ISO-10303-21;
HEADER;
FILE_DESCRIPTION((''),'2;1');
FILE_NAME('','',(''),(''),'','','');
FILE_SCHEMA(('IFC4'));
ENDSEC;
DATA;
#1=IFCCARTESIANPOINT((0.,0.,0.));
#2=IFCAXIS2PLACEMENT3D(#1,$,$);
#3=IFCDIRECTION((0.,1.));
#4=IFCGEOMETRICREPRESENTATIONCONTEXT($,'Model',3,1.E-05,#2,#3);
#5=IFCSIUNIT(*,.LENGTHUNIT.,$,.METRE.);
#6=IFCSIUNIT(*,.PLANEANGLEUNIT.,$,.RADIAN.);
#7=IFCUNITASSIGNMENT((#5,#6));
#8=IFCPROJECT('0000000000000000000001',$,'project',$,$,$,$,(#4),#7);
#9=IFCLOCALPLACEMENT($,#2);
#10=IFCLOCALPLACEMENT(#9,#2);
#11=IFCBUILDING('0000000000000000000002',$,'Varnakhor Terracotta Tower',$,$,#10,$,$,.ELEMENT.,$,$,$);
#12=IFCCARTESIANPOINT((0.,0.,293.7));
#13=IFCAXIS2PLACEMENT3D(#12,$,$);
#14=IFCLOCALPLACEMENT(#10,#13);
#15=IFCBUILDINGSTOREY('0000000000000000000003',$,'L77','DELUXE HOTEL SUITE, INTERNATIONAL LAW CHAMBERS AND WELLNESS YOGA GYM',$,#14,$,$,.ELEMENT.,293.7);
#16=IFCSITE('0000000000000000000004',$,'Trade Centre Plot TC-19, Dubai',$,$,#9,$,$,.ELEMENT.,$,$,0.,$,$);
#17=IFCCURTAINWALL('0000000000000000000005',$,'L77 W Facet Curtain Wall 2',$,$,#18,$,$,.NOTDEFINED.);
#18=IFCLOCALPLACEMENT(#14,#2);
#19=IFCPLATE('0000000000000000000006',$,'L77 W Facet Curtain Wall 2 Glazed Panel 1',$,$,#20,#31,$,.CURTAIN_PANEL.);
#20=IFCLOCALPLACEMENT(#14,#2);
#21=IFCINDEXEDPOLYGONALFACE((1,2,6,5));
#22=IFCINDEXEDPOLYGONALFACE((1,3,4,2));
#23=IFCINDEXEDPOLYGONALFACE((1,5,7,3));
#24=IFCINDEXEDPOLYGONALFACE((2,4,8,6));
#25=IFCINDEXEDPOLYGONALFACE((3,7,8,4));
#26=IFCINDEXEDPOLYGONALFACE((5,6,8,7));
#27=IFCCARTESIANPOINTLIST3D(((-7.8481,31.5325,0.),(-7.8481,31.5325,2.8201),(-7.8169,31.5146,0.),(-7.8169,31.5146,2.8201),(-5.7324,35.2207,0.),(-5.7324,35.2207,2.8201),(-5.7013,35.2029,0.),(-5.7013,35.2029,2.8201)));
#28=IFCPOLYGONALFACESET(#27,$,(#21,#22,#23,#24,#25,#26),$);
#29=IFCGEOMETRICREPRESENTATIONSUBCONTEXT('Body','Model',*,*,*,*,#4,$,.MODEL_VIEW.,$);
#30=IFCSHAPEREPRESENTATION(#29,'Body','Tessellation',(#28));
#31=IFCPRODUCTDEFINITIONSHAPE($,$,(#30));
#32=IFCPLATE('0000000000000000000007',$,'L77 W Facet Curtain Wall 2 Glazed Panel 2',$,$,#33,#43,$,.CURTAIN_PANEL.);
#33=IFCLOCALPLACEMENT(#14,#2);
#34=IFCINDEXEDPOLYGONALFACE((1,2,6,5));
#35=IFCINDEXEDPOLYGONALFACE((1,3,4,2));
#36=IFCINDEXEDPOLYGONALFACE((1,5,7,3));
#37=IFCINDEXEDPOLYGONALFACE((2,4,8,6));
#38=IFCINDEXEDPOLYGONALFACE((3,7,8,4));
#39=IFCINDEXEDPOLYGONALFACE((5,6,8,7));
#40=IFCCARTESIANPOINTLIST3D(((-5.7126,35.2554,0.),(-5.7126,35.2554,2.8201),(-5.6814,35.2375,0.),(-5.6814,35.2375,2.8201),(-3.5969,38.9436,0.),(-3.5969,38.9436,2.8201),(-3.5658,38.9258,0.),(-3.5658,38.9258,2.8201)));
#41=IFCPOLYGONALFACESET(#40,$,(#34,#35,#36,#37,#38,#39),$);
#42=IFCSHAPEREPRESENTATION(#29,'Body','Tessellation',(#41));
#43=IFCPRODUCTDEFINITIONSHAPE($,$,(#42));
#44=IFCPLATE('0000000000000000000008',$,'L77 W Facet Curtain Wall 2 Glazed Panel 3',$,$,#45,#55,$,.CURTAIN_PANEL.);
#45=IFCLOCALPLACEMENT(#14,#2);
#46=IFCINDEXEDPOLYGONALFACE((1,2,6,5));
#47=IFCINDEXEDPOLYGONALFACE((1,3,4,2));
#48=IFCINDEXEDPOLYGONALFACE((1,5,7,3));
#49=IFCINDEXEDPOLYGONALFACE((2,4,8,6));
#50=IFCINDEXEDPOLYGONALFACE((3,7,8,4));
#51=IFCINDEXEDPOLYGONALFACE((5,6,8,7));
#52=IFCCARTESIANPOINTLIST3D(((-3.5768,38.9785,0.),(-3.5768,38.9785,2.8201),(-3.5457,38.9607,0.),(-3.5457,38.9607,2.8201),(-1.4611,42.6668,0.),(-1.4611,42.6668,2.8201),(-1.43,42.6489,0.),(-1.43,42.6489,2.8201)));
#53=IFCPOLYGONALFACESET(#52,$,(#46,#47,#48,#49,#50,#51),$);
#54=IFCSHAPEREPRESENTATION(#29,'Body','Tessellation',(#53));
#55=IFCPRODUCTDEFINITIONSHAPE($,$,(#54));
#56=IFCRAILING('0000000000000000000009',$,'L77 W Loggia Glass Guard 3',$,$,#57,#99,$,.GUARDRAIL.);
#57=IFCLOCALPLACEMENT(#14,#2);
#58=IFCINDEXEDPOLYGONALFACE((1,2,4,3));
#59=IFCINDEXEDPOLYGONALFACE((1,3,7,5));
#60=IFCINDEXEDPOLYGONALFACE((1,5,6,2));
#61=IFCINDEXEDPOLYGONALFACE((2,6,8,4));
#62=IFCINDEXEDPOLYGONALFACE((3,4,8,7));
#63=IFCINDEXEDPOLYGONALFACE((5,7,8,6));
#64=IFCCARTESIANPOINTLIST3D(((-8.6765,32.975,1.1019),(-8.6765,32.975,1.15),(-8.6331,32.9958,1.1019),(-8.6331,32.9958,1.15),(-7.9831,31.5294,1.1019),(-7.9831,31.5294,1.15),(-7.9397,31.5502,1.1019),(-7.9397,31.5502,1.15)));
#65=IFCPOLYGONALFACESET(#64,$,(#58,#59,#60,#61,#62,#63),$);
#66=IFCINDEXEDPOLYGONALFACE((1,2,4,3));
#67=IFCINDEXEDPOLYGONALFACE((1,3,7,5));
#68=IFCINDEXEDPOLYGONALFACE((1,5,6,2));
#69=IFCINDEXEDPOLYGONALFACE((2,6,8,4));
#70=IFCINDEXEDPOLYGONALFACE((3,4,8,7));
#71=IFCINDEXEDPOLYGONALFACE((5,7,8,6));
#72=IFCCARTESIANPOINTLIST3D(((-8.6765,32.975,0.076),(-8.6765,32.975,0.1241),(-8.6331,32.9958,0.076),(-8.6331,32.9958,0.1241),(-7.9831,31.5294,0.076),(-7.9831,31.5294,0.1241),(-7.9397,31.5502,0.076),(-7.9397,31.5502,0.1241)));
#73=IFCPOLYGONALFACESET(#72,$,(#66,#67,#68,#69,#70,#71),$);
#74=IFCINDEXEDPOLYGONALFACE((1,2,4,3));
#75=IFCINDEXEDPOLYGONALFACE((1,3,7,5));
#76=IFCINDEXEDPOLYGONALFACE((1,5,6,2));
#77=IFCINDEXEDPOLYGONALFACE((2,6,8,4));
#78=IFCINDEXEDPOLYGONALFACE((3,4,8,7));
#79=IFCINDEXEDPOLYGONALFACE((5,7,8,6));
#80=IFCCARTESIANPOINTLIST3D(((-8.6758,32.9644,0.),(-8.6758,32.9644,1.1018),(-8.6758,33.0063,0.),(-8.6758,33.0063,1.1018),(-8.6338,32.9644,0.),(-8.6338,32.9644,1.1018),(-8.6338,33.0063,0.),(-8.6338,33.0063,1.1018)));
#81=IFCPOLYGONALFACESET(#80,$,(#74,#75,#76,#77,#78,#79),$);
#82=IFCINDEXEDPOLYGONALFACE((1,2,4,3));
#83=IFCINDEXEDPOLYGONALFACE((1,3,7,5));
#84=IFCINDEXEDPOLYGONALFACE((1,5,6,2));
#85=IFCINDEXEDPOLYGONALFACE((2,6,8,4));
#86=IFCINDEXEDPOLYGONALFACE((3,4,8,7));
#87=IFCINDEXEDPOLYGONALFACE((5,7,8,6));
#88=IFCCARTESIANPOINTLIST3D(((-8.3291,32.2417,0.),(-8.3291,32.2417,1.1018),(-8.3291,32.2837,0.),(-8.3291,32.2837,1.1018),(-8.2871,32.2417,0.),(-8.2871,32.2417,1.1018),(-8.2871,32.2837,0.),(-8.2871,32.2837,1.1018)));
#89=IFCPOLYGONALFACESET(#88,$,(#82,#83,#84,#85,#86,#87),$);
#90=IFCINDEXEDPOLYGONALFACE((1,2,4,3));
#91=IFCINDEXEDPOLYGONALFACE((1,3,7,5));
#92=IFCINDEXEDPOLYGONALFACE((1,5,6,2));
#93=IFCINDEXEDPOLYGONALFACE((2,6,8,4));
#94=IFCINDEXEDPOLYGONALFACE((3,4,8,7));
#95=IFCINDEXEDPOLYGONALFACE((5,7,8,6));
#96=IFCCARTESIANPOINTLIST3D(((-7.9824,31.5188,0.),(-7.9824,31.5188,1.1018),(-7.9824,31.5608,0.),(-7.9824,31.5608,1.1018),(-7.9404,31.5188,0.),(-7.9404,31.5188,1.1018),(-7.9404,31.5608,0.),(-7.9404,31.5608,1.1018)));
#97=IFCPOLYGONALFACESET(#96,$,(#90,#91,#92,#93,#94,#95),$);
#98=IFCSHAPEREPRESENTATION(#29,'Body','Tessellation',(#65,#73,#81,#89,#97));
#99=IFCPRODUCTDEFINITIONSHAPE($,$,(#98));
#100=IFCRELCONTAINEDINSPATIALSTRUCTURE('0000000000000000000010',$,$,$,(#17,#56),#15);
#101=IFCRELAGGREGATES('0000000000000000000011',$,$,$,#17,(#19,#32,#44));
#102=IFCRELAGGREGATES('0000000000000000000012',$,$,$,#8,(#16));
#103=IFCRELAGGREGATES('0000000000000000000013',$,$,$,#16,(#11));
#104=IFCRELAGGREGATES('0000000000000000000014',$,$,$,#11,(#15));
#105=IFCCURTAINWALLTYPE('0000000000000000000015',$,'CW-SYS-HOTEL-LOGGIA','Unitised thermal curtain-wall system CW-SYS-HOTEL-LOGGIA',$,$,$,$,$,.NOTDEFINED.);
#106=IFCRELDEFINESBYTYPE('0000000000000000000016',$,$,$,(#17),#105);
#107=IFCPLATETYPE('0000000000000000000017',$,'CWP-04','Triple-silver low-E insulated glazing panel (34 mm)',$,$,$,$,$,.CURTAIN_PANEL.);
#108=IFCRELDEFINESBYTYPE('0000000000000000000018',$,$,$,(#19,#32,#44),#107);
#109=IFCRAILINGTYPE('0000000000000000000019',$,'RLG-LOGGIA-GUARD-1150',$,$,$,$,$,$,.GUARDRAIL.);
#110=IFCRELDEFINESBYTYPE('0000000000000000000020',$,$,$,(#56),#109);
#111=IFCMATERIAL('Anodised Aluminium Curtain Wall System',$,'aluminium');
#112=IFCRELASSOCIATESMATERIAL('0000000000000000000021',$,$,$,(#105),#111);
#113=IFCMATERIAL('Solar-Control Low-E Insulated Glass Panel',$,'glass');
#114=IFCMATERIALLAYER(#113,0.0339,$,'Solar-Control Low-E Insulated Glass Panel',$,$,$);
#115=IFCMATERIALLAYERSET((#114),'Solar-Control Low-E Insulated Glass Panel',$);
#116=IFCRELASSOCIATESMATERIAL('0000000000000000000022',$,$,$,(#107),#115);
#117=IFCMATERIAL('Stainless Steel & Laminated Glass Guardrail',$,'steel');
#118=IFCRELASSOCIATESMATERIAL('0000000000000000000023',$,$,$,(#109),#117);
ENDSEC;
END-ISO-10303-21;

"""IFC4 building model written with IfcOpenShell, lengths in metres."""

from ifc_helpers import new_model, si_unit, direction, frame, origin, origin_2d, place, context, subcontext, project, spatial, rectangle, extrude, source, transform, mapped, material, layer, layer_set, type_object, element, aggregate, save


model = new_model("IFC4")

# Units and contexts
model_context = context("Model", 3, precision=1e-05, world=origin(), true_north=direction((0.0, 1.0)))
body_context = subcontext(model_context, "Body", "Model", "MODEL_VIEW")
ifc_project = project(units=[si_unit("LENGTHUNIT", "METRE"), si_unit("PLANEANGLEUNIT", "RADIAN")], contexts=[model_context])

# Site, building, storey
site_placement = place(None, origin())
site = spatial("IfcSite", under=ifc_project, at=site_placement, Name="Trade Centre Plot TC-19, Dubai", CompositionType="ELEMENT", RefElevation=0.0)
building_placement = place(site_placement, origin())
building = spatial("IfcBuilding", under=site, at=building_placement, Name="Varnakhor Terracotta Tower", CompositionType="ELEMENT")
storey_placement = place(building_placement, frame((0.0, 0.0, 293.7)))
storey = spatial("IfcBuildingStorey", under=building, at=storey_placement, Name="L77", Description="DELUXE HOTEL SUITE, INTERNATIONAL LAW CHAMBERS AND WELLNESS YOGA GYM", CompositionType="ELEMENT", Elevation=293.7)

# Curtain wall
ifc_material_1 = material(Name="Anodised Aluminium Curtain Wall System", Category="aluminium")
curtain_wall_type = type_object("IfcCurtainWallType", Name="CW-SYS-HOTEL-LOGGIA", Description="Unitised thermal curtain-wall system CW-SYS-HOTEL-LOGGIA", PredefinedType="NOTDEFINED", material=ifc_material_1)
curtain_wall_placement = place(storey_placement, origin())
curtain_wall = element("IfcCurtainWall", 1, at=curtain_wall_placement, inside=storey, type_object=curtain_wall_type, Name="L77 W Facet Curtain Wall 2", PredefinedType="NOTDEFINED")

# Plates
ifc_material_2 = material(Name="Solar-Control Low-E Insulated Glass Panel", Category="glass")
ifc_layer = layer(ifc_material_2, 0.0339, Name="Solar-Control Low-E Insulated Glass Panel")
ifc_layer_set = layer_set([ifc_layer], Name="Solar-Control Low-E Insulated Glass Panel")
plate_type = type_object("IfcPlateType", Name="CWP-04", Description="Triple-silver low-E insulated glazing panel (34 mm)", PredefinedType="CURTAIN_PANEL", material=ifc_layer_set)
shared_shape_1 = source(origin(), body_context, "Body", "SweptSolid", [
    extrude(rectangle(XDim=4.252, YDim=0.0359, at=origin_2d()), origin(), (0.0, 0.0, 1.0), 2.8201),
])
plate_1_placement = place(storey_placement, frame((-6.7747, 33.3677, 0.0), z_axis=(0.0, 0.0, 1.0), x_axis=(0.49758, 0.867418, 0.0)))
plate_1 = element("IfcPlate", 2, at=plate_1_placement, type_object=plate_type, Name="L77 W Facet Curtain Wall 2 Glazed Panel 1", PredefinedType="CURTAIN_PANEL", context=body_context, shape_type="MappedRepresentation", body=[
    mapped(shared_shape_1, transform((0.0, 0.0, 0.0), scale=1.0)),
])
plate_2_placement = place(storey_placement, frame((-4.6392, 37.0906, 0.0), z_axis=(0.0, 0.0, 1.0), x_axis=(0.49758, 0.867418, 0.0)))
plate_2 = element("IfcPlate", 3, at=plate_2_placement, type_object=plate_type, Name="L77 W Facet Curtain Wall 2 Glazed Panel 2", PredefinedType="CURTAIN_PANEL", context=body_context, shape_type="MappedRepresentation", body=[
    mapped(shared_shape_1, transform((0.0, 0.0, 0.0), scale=1.0)),
])
plate_3_placement = place(storey_placement, frame((-2.5034, 40.8137, 0.0), z_axis=(0.0, 0.0, 1.0), x_axis=(0.49758, 0.867418, 0.0)))
plate_3 = element("IfcPlate", 4, at=plate_3_placement, type_object=plate_type, Name="L77 W Facet Curtain Wall 2 Glazed Panel 3", PredefinedType="CURTAIN_PANEL", context=body_context, shape_type="MappedRepresentation", body=[
    mapped(shared_shape_1, transform((0.0, 0.0, 0.0), scale=1.0)),
])
aggregate(curtain_wall, [plate_1, plate_2, plate_3])

# Railing
ifc_material_3 = material(Name="Stainless Steel & Laminated Glass Guardrail", Category="steel")
railing_type = type_object("IfcRailingType", Name="RLG-LOGGIA-GUARD-1150", PredefinedType="GUARDRAIL", material=ifc_material_3)
railing_placement = place(storey_placement, frame((-8.6548, 32.9854, 0.0)))
element("IfcRailing", 5, at=railing_placement, inside=storey, type_object=railing_type, Name="L77 W Loggia Glass Guard 3", PredefinedType="GUARDRAIL", context=body_context, shape_type="SweptSolid", body=[
    extrude(rectangle(XDim=0.0481, YDim=0.0481, at=origin_2d()), frame((0.0, 0.0, 1.126), z_axis=(0.432474, -0.901647, 0.0), x_axis=(0.901647, 0.432474, 0.0)), (0.0, 0.0, 1.0), 1.6033),
    extrude(rectangle(XDim=0.0481, YDim=0.0481, at=origin_2d()), frame((0.0, 0.0, 0.1001), z_axis=(0.432474, -0.901647, 0.0), x_axis=(0.901647, 0.432474, 0.0)), (0.0, 0.0, 1.0), 1.6033),
    extrude(rectangle(XDim=0.042, YDim=0.042, at=origin_2d()), origin(), (0.0, 0.0, 1.0), 1.1018),
    extrude(rectangle(XDim=0.042, YDim=0.042, at=origin_2d()), frame((0.3467, -0.7227, 0.0)), (0.0, 0.0, 1.0), 1.1018),
    extrude(rectangle(XDim=0.042, YDim=0.042, at=origin_2d()), frame((0.6934, -1.4456, 0.0)), (0.0, 0.0, 1.0), 1.1018),
])

save(model, "model.ifc")
